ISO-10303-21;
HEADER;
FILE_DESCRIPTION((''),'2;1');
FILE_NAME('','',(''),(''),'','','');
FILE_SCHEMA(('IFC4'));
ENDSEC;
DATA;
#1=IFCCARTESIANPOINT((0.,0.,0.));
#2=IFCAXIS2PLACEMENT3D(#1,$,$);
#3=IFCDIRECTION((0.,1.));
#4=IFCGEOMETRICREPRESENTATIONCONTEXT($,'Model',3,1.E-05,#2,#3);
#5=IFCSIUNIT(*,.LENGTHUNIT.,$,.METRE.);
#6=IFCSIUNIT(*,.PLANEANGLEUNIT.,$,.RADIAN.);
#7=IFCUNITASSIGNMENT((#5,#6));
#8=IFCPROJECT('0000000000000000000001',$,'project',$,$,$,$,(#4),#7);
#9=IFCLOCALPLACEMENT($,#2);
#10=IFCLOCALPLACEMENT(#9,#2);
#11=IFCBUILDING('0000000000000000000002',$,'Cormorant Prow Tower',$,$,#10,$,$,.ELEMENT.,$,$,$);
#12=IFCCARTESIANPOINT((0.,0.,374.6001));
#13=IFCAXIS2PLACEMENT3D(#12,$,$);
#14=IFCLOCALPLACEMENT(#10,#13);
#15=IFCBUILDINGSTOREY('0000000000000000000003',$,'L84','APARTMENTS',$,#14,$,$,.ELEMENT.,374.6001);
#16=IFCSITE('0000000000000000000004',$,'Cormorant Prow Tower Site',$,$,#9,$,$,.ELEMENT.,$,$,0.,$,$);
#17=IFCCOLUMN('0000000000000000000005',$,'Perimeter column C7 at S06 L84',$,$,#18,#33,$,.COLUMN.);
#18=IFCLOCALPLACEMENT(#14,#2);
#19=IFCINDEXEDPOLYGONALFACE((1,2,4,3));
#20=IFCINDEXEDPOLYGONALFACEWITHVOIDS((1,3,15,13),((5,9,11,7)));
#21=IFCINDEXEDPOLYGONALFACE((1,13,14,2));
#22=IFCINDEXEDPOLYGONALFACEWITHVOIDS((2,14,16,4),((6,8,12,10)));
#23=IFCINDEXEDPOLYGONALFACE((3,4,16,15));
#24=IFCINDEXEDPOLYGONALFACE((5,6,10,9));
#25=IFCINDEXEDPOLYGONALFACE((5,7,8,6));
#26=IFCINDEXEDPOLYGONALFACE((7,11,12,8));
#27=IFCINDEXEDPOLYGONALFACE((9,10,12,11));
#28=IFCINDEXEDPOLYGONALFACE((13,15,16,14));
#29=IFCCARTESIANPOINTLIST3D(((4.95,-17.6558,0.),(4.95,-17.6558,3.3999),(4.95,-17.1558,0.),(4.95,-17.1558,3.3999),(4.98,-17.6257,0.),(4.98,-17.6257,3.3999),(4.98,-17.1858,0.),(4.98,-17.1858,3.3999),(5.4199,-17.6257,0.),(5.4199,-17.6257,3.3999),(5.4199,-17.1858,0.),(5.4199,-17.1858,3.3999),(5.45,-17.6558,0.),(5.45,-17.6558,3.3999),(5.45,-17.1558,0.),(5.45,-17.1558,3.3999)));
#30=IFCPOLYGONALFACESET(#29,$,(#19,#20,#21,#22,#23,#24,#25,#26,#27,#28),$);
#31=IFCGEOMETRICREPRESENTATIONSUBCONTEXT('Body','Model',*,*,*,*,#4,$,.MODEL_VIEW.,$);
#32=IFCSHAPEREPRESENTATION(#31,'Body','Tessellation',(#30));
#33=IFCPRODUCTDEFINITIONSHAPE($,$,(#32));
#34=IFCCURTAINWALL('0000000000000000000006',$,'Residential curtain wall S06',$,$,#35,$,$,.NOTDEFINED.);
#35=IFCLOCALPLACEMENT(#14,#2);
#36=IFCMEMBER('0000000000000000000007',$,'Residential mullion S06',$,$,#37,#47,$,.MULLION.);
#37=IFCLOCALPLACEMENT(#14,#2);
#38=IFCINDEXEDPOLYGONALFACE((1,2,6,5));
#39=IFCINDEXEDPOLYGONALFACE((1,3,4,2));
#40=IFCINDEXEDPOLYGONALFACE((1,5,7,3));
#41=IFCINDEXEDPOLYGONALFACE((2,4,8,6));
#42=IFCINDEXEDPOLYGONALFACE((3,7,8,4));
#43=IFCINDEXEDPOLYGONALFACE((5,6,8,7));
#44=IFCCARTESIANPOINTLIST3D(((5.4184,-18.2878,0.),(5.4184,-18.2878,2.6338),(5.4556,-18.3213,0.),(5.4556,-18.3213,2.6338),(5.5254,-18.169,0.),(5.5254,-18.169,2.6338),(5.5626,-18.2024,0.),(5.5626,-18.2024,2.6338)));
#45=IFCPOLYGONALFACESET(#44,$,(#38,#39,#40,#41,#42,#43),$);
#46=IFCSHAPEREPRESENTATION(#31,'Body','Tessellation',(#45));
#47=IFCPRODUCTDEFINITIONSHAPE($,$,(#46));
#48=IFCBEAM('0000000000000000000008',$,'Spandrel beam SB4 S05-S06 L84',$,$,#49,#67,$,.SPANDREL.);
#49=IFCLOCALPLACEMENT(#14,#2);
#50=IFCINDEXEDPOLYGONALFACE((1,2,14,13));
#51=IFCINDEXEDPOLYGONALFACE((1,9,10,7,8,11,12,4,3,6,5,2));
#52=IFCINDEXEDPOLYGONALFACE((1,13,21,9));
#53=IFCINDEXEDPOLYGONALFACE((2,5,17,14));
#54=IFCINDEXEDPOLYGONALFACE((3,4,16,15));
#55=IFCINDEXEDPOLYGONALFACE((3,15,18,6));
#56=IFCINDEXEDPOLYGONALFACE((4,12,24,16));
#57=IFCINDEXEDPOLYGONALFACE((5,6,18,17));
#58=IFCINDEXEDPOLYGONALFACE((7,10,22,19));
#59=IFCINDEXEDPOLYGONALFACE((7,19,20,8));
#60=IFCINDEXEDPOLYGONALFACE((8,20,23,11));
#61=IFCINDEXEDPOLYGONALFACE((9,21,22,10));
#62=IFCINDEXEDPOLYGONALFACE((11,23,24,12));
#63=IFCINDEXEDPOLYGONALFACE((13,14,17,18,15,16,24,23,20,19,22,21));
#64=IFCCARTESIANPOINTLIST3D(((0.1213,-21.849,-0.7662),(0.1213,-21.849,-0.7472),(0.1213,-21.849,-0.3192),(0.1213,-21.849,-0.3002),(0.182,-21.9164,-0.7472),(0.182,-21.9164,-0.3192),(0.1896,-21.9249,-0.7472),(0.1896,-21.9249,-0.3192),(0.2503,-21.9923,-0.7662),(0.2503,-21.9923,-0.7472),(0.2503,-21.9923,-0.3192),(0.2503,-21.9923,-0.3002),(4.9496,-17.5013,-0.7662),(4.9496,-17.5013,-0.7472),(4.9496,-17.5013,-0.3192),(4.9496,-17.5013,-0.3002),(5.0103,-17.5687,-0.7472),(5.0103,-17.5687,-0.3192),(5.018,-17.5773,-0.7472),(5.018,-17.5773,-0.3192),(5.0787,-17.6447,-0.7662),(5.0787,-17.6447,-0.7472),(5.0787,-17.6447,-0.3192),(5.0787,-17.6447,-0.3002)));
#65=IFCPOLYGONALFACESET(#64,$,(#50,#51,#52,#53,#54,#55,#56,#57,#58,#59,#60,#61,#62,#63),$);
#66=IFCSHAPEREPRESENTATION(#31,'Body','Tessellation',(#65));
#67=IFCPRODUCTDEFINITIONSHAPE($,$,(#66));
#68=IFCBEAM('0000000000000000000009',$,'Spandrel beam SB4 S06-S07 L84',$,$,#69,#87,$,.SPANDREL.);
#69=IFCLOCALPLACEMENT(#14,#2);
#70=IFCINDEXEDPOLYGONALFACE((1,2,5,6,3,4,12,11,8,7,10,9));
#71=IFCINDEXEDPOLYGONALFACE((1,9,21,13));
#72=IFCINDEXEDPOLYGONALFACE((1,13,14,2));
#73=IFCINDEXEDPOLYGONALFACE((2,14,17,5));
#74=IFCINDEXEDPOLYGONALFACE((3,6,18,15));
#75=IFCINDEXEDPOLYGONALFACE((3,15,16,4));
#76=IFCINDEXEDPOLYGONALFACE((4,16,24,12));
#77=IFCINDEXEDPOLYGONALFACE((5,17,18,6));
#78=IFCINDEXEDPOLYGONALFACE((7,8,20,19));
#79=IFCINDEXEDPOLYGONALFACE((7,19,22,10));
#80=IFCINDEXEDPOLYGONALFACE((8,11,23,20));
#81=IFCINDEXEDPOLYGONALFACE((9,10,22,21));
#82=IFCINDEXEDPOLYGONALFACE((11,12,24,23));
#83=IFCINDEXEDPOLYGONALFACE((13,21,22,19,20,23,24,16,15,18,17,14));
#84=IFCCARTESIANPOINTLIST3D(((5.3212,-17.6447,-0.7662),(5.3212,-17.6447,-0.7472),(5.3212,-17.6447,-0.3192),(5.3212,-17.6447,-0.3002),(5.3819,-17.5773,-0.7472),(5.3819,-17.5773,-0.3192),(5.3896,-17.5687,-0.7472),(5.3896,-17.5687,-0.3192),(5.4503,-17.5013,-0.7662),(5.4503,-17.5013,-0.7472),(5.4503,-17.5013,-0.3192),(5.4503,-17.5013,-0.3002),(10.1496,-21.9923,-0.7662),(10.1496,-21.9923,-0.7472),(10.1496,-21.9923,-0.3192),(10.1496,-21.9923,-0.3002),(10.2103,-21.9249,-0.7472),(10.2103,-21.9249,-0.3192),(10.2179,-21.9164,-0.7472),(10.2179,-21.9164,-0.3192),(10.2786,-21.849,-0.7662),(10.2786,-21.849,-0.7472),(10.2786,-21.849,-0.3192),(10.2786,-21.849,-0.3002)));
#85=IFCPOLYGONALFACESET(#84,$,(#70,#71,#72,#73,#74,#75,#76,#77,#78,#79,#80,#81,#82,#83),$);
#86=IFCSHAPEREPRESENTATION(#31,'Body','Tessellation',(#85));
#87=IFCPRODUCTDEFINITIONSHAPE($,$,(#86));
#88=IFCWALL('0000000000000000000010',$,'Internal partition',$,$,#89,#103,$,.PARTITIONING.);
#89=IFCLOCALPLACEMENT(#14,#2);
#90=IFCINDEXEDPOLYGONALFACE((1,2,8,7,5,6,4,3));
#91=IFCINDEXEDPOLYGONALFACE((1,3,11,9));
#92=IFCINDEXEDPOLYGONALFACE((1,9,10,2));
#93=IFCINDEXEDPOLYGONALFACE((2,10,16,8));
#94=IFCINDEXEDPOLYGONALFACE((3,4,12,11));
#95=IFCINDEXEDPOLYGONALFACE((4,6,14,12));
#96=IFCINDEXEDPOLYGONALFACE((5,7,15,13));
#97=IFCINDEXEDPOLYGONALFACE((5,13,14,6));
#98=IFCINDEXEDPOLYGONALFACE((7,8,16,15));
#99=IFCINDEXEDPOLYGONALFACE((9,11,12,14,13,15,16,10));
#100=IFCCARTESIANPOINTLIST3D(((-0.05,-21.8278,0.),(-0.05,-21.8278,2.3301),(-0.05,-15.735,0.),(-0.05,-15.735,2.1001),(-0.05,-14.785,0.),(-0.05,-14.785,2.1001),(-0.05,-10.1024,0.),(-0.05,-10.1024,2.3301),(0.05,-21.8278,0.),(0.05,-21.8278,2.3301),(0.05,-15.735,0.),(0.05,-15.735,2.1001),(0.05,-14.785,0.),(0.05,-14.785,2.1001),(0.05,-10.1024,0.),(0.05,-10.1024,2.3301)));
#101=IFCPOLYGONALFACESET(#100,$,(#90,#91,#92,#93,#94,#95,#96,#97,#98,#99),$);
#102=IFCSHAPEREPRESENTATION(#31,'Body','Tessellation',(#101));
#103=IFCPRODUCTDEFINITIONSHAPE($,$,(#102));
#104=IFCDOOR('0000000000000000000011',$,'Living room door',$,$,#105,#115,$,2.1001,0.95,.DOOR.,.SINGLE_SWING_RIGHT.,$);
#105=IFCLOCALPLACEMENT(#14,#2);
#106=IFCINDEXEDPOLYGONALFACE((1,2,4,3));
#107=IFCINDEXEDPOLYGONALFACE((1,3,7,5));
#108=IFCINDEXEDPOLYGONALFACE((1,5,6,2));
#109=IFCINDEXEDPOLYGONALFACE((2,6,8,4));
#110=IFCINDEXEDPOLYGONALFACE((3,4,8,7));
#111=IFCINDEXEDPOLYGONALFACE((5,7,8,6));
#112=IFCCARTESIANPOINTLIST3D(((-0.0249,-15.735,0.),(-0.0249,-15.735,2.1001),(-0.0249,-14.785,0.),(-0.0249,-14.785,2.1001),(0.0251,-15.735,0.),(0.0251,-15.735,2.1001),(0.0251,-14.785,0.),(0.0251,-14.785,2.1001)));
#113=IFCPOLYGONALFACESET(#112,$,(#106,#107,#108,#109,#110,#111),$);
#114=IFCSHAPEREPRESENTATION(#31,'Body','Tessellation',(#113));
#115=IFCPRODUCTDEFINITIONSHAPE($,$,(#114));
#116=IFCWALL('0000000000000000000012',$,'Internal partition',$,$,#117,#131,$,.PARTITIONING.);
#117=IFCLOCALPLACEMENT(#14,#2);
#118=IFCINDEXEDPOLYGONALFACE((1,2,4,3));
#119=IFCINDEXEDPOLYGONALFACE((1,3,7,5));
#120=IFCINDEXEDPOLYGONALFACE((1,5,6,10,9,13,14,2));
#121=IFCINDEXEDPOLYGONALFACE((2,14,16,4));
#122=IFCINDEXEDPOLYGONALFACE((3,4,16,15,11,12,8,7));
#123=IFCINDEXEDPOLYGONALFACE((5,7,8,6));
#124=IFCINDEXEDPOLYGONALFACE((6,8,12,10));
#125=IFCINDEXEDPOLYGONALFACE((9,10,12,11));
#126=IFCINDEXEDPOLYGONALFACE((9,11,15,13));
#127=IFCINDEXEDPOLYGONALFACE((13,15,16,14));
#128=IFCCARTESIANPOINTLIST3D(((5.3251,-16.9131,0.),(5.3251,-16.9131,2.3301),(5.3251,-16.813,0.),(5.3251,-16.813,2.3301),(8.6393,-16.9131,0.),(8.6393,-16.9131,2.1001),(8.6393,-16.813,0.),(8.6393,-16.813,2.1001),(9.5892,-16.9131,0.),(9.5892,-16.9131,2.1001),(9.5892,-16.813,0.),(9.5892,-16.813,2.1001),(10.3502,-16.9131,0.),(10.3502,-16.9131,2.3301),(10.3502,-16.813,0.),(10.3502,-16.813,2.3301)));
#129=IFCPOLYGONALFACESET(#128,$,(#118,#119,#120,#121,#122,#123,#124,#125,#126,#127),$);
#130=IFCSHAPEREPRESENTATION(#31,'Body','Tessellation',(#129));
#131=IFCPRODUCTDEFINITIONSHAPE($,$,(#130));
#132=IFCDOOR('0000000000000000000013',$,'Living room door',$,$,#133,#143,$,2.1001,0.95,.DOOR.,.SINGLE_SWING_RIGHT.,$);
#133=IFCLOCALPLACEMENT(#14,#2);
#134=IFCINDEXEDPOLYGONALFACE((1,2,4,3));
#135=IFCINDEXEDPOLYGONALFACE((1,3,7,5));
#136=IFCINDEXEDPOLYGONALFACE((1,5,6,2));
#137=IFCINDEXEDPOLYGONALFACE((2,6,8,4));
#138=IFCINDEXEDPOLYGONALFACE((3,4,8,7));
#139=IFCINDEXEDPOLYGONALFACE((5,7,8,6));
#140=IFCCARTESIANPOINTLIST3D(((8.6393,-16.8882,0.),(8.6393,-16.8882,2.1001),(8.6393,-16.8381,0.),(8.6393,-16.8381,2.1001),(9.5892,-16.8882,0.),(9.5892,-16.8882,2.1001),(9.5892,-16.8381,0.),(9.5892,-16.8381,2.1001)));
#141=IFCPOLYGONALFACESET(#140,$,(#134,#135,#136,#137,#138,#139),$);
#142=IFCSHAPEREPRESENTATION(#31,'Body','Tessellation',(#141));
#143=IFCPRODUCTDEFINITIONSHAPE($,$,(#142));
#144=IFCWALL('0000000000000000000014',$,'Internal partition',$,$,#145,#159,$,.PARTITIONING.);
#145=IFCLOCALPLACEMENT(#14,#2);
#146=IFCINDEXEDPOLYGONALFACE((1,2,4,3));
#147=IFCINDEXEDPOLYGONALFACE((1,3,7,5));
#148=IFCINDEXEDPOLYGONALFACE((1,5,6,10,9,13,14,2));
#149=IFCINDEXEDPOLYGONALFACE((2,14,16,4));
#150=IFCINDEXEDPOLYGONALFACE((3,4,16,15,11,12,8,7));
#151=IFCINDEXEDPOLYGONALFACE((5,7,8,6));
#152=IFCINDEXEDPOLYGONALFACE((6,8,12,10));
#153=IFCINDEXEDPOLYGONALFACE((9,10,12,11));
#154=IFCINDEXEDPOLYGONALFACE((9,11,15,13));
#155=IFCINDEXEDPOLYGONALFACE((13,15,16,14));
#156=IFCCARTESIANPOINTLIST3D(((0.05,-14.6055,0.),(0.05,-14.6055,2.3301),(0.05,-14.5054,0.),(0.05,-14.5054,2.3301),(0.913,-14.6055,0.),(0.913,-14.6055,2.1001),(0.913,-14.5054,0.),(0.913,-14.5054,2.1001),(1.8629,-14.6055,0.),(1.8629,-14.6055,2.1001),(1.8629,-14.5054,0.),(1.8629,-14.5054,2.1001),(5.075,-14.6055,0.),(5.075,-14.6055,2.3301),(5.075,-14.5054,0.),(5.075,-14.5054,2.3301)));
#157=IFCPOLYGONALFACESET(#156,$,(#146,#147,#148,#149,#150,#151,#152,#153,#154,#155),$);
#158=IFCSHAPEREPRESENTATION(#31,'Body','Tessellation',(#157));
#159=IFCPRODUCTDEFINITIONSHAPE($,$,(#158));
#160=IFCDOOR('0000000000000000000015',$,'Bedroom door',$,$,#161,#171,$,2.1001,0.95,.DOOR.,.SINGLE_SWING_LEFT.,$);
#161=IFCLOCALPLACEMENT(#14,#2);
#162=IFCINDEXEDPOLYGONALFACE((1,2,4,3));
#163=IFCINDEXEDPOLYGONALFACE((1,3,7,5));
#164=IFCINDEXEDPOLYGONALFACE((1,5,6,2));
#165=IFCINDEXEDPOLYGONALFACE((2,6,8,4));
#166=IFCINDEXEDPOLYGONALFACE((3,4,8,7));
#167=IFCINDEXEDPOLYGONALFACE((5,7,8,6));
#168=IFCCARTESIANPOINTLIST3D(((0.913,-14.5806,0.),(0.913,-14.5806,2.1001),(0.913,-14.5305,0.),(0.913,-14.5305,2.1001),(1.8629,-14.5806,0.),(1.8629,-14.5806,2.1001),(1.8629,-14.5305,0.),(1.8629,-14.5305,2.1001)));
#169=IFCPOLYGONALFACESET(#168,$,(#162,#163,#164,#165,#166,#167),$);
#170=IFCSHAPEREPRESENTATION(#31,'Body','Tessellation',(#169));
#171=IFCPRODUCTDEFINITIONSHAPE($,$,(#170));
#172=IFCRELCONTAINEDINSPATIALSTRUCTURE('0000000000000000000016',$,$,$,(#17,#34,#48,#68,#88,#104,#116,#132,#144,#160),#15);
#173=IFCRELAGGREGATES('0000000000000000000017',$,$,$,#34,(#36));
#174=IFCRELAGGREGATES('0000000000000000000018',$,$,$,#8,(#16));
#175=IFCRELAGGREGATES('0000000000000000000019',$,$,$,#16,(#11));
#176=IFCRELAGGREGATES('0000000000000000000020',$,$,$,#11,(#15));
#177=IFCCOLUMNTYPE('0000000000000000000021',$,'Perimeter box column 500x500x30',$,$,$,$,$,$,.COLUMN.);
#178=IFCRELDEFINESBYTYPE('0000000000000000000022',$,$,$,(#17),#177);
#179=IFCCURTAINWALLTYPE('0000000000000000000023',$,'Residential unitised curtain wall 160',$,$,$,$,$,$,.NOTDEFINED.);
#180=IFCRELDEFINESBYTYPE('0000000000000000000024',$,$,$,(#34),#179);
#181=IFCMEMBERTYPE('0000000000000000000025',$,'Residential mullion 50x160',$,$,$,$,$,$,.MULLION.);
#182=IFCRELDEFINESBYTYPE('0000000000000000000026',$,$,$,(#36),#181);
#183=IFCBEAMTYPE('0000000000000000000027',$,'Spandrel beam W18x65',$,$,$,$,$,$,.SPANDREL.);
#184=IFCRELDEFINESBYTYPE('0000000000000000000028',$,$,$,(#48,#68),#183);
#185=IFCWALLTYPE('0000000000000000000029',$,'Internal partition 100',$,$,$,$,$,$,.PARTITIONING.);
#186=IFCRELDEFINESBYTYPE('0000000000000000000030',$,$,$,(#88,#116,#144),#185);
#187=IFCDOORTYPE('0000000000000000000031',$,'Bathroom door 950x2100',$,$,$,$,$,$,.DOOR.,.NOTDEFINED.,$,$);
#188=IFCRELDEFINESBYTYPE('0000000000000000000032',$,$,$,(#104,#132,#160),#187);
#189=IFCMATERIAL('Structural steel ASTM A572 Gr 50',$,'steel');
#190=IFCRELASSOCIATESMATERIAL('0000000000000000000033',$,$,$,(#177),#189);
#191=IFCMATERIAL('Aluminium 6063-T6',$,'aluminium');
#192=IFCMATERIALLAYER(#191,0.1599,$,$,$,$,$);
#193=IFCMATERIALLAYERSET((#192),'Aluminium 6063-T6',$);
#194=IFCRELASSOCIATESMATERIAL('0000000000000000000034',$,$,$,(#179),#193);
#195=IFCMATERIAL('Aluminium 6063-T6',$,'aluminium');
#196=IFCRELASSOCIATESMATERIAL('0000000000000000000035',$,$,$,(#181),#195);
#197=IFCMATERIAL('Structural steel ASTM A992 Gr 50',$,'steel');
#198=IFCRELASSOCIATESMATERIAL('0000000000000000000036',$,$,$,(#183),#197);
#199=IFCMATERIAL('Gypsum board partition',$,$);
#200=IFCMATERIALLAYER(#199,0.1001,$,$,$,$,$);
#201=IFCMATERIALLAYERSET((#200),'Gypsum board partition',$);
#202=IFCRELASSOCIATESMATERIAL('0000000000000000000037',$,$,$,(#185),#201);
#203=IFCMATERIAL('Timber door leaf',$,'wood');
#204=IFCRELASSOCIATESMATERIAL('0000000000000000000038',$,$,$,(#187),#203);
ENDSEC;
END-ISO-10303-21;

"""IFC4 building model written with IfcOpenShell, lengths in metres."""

from ifc_helpers import new_model, si_unit, direction, frame, frame_2d, origin, origin_2d, place, context, subcontext, project, spatial, rectangle, hollow_rectangle, i_section, extrude, material, layer, layer_set, material_profile, profile_set, type_object, element, fill, aggregate, save


model = new_model("IFC4")

# Units and contexts
model_context = context("Model", 3, precision=1e-05, world=origin(), true_north=direction((0.0, 1.0)))
body_context = subcontext(model_context, "Body", "Model", "MODEL_VIEW")
ifc_project = project(units=[si_unit("LENGTHUNIT", "METRE"), si_unit("PLANEANGLEUNIT", "RADIAN")], contexts=[model_context])

# Site, building, storey
site_placement = place(None, origin())
site = spatial("IfcSite", under=ifc_project, at=site_placement, Name="Cormorant Prow Tower Site", CompositionType="ELEMENT", RefElevation=0.0)
building_placement = place(site_placement, origin())
building = spatial("IfcBuilding", under=site, at=building_placement, Name="Cormorant Prow Tower", CompositionType="ELEMENT")
storey_placement = place(building_placement, frame((0.0, 0.0, 374.6001)))
storey = spatial("IfcBuildingStorey", under=building, at=storey_placement, Name="L84", Description="APARTMENTS", CompositionType="ELEMENT", Elevation=374.6001)

# Column
ifc_material_1 = material(Name="Structural steel ASTM A572 Gr 50", Category="steel")
ifc_material_profile_1 = material_profile(ifc_material_1, hollow_rectangle(XDim=0.5, YDim=0.5, WallThickness=0.03, at=origin_2d()), Name="Box 500x500x30")
ifc_profile_set_1 = profile_set([ifc_material_profile_1], Name="Structural steel ASTM A572 Gr 50")
column_type = type_object("IfcColumnType", Name="Perimeter box column 500x500x30", PredefinedType="COLUMN", material=ifc_profile_set_1)
column_placement = place(storey_placement, frame((5.2, -17.4058, 0.0), z_axis=(0.0, 0.0, 1.0), x_axis=(1.0, 0.0, 0.0)))
element("IfcColumn", 1, at=column_placement, inside=storey, type_object=column_type, Name="Perimeter column C7 at S06 L84", PredefinedType="COLUMN", context=body_context, shape_type="SweptSolid", body=[
    extrude(hollow_rectangle(XDim=0.5, YDim=0.5, WallThickness=0.03, at=origin_2d()), origin(), (0.0, 0.0, 1.0), 3.3999),
])

# Curtain wall, member
ifc_material_2 = material(Name="Aluminium 6063-T6", Category="aluminium")
ifc_layer_1 = layer(ifc_material_2, 0.1599)
ifc_layer_set_1 = layer_set([ifc_layer_1], Name="Aluminium 6063-T6")
curtain_wall_type = type_object("IfcCurtainWallType", Name="Residential unitised curtain wall 160", PredefinedType="NOTDEFINED", material=ifc_layer_set_1)
curtain_wall_placement = place(storey_placement, origin())
curtain_wall = element("IfcCurtainWall", 2, at=curtain_wall_placement, inside=storey, type_object=curtain_wall_type, Name="Residential curtain wall S06", PredefinedType="NOTDEFINED")
ifc_material_3 = material(Name="Aluminium 6063-T6", Category="aluminium")
ifc_material_profile_2 = material_profile(ifc_material_3, rectangle(XDim=0.1599, YDim=0.05, at=origin_2d()), Name="Residential mullion 50x160")
ifc_profile_set_2 = profile_set([ifc_material_profile_2], Name="Aluminium 6063-T6")
member_type = type_object("IfcMemberType", Name="Residential mullion 50x160", PredefinedType="MULLION", material=ifc_profile_set_2)
member_placement = place(storey_placement, frame((5.4905, -18.2451, 0.0), z_axis=(0.0, 0.0, 1.0), x_axis=(0.669131, 0.743145, 0.0)))
member = element("IfcMember", 3, at=member_placement, type_object=member_type, Name="Residential mullion S06", PredefinedType="MULLION", context=body_context, shape_type="SweptSolid", body=[
    extrude(rectangle(XDim=0.1599, YDim=0.05, at=origin_2d()), origin(), (0.0, 0.0, 1.0), 2.6338),
])
aggregate(curtain_wall, [member])

# Beams
ifc_material_4 = material(Name="Structural steel ASTM A992 Gr 50", Category="steel")
ifc_material_profile_3 = material_profile(ifc_material_4, i_section(OverallWidth=0.1929, OverallDepth=0.4661, WebThickness=0.0115, FlangeThickness=0.019, at=origin_2d()), Name="W18x65")
ifc_profile_set_3 = profile_set([ifc_material_profile_3], Name="Structural steel ASTM A992 Gr 50")
beam_type = type_object("IfcBeamType", Name="Spandrel beam W18x65", PredefinedType="SPANDREL", material=ifc_profile_set_3)
for number, where, z_axis, x_axis, name in (
    (4, (0.1858, -21.9207, -0.5332), (0.743132, 0.669145, 0.0), (-0.669145, 0.743132, 0.0), "Spandrel beam SB4 S05-S06 L84"),
    (5, (5.3857, -17.573, -0.5332), (0.743132, -0.669145, 0.0), (0.669145, 0.743132, 0.0), "Spandrel beam SB4 S06-S07 L84"),
):
    element("IfcBeam", number, at=place(storey_placement, frame(where, z_axis=z_axis, x_axis=x_axis)), inside=storey, type_object=beam_type, Name=name, PredefinedType="SPANDREL", context=body_context, shape_type="SweptSolid", body=[
        extrude(i_section(OverallWidth=0.1929, OverallDepth=0.4661, WebThickness=0.0115, FlangeThickness=0.019, at=origin_2d()), origin(), (0.0, 0.0, 1.0), 6.4973),
    ])

# Walls, openings, doors
ifc_material_5 = material(Name="Gypsum board partition")
ifc_layer_2 = layer(ifc_material_5, 0.1001)
ifc_layer_set_2 = layer_set([ifc_layer_2], Name="Gypsum board partition")
wall_type_1 = type_object("IfcWallType", Name="Internal partition 100", PredefinedType="PARTITIONING", material=ifc_layer_set_2)
wall_1_placement = place(storey_placement, frame((0.0, -21.8279, 0.0), z_axis=(0.0, 0.0, 1.0), x_axis=(0.0, 1.0, 0.0)))
wall_1 = element("IfcWall", 6, at=wall_1_placement, inside=storey, type_object=wall_type_1, Name="Internal partition", PredefinedType="PARTITIONING", context=body_context, shape_type="SweptSolid", body=[
    extrude(rectangle(XDim=11.7253, YDim=0.1001, at=frame_2d((5.8628, 0.0))), origin(), (0.0, 0.0, 1.0), 2.3301),
])
opening_1_placement = place(wall_1_placement, frame((6.0928, 0.0, 0.0)))
opening_1 = element("IfcOpeningElement", 7, at=opening_1_placement, cuts=wall_1, PredefinedType="OPENING", context=body_context, shape_type="SweptSolid", body=[
    extrude(rectangle(XDim=0.95, YDim=2.1001, at=frame_2d((0.4751, 1.05))), frame((0.0, 0.0601, 0.0), z_axis=(0.0, -1.0, 0.0), x_axis=(1.0, 0.0, 0.0)), (0.0, 0.0, 1.0), 0.1201),
])
ifc_material_6 = material(Name="Timber door leaf", Category="wood")
door_type_1 = type_object("IfcDoorType", Name="Bathroom door 950x2100", OperationType="NOTDEFINED", PredefinedType="DOOR", material=ifc_material_6)
door_1_placement = place(opening_1_placement, origin())
door_1 = element("IfcDoor", 8, at=door_1_placement, inside=storey, type_object=door_type_1, Name="Living room door", OperationType="SINGLE_SWING_RIGHT", OverallHeight=2.1001, OverallWidth=0.95, PredefinedType="DOOR", context=body_context, shape_type="SweptSolid", body=[
    extrude(rectangle(XDim=0.95, YDim=2.1001, at=frame_2d((0.4751, 1.05))), frame((0.0, 0.0249, 0.0), z_axis=(0.0, -1.0, 0.0), x_axis=(1.0, 0.0, 0.0)), (0.0, 0.0, 1.0), 0.05),
])
fill(opening_1, door_1)
wall_2_placement = place(storey_placement, frame((5.325, -16.863, 0.0), z_axis=(0.0, 0.0, 1.0), x_axis=(1.0, 0.0, 0.0)))
wall_2 = element("IfcWall", 9, at=wall_2_placement, inside=storey, type_object=wall_type_1, Name="Internal partition", PredefinedType="PARTITIONING", context=body_context, shape_type="SweptSolid", body=[
    extrude(rectangle(XDim=5.0251, YDim=0.1001, at=frame_2d((2.5127, 0.0))), origin(), (0.0, 0.0, 1.0), 2.3301),
])
opening_2_placement = place(wall_2_placement, frame((3.3142, 0.0, 0.0)))
opening_2 = element("IfcOpeningElement", 10, at=opening_2_placement, cuts=wall_2, PredefinedType="OPENING", context=body_context, shape_type="SweptSolid", body=[
    extrude(rectangle(XDim=0.95, YDim=2.1001, at=frame_2d((0.4751, 1.05))), frame((0.0, 0.0601, 0.0), z_axis=(0.0, -1.0, 0.0), x_axis=(1.0, 0.0, 0.0)), (0.0, 0.0, 1.0), 0.1201),
])
door_2_placement = place(opening_2_placement, origin())
door_2 = element("IfcDoor", 11, at=door_2_placement, inside=storey, type_object=door_type_1, Name="Living room door", OperationType="SINGLE_SWING_RIGHT", OverallHeight=2.1001, OverallWidth=0.95, PredefinedType="DOOR", context=body_context, shape_type="SweptSolid", body=[
    extrude(rectangle(XDim=0.95, YDim=2.1001, at=frame_2d((0.4751, 1.05))), frame((0.0, 0.0249, 0.0), z_axis=(0.0, -1.0, 0.0), x_axis=(1.0, 0.0, 0.0)), (0.0, 0.0, 1.0), 0.05),
])
fill(opening_2, door_2)
wall_3_placement = place(storey_placement, frame((0.05, -14.5554, 0.0), z_axis=(0.0, 0.0, 1.0), x_axis=(1.0, 0.0, 0.0)))
wall_3 = element("IfcWall", 12, at=wall_3_placement, inside=storey, type_object=wall_type_1, Name="Internal partition", PredefinedType="PARTITIONING", context=body_context, shape_type="SweptSolid", body=[
    extrude(rectangle(XDim=5.0249, YDim=0.1001, at=frame_2d((2.5125, 0.0))), origin(), (0.0, 0.0, 1.0), 2.3301),
])
opening_3_placement = place(wall_3_placement, frame((0.8628, 0.0, 0.0)))
opening_3 = element("IfcOpeningElement", 13, at=opening_3_placement, cuts=wall_3, PredefinedType="OPENING", context=body_context, shape_type="SweptSolid", body=[
    extrude(rectangle(XDim=0.95, YDim=2.1001, at=frame_2d((0.4751, 1.05))), frame((0.0, 0.0601, 0.0), z_axis=(0.0, -1.0, 0.0), x_axis=(1.0, 0.0, 0.0)), (0.0, 0.0, 1.0), 0.1201),
])
door_3_placement = place(opening_3_placement, origin())
door_3 = element("IfcDoor", 14, at=door_3_placement, inside=storey, type_object=door_type_1, Name="Bedroom door", OperationType="SINGLE_SWING_LEFT", OverallHeight=2.1001, OverallWidth=0.95, PredefinedType="DOOR", context=body_context, shape_type="SweptSolid", body=[
    extrude(rectangle(XDim=0.95, YDim=2.1001, at=frame_2d((0.4751, 1.05))), frame((0.0, 0.0249, 0.0), z_axis=(0.0, -1.0, 0.0), x_axis=(1.0, 0.0, 0.0)), (0.0, 0.0, 1.0), 0.05),
])
fill(opening_3, door_3)

save(model, "model.ifc")
